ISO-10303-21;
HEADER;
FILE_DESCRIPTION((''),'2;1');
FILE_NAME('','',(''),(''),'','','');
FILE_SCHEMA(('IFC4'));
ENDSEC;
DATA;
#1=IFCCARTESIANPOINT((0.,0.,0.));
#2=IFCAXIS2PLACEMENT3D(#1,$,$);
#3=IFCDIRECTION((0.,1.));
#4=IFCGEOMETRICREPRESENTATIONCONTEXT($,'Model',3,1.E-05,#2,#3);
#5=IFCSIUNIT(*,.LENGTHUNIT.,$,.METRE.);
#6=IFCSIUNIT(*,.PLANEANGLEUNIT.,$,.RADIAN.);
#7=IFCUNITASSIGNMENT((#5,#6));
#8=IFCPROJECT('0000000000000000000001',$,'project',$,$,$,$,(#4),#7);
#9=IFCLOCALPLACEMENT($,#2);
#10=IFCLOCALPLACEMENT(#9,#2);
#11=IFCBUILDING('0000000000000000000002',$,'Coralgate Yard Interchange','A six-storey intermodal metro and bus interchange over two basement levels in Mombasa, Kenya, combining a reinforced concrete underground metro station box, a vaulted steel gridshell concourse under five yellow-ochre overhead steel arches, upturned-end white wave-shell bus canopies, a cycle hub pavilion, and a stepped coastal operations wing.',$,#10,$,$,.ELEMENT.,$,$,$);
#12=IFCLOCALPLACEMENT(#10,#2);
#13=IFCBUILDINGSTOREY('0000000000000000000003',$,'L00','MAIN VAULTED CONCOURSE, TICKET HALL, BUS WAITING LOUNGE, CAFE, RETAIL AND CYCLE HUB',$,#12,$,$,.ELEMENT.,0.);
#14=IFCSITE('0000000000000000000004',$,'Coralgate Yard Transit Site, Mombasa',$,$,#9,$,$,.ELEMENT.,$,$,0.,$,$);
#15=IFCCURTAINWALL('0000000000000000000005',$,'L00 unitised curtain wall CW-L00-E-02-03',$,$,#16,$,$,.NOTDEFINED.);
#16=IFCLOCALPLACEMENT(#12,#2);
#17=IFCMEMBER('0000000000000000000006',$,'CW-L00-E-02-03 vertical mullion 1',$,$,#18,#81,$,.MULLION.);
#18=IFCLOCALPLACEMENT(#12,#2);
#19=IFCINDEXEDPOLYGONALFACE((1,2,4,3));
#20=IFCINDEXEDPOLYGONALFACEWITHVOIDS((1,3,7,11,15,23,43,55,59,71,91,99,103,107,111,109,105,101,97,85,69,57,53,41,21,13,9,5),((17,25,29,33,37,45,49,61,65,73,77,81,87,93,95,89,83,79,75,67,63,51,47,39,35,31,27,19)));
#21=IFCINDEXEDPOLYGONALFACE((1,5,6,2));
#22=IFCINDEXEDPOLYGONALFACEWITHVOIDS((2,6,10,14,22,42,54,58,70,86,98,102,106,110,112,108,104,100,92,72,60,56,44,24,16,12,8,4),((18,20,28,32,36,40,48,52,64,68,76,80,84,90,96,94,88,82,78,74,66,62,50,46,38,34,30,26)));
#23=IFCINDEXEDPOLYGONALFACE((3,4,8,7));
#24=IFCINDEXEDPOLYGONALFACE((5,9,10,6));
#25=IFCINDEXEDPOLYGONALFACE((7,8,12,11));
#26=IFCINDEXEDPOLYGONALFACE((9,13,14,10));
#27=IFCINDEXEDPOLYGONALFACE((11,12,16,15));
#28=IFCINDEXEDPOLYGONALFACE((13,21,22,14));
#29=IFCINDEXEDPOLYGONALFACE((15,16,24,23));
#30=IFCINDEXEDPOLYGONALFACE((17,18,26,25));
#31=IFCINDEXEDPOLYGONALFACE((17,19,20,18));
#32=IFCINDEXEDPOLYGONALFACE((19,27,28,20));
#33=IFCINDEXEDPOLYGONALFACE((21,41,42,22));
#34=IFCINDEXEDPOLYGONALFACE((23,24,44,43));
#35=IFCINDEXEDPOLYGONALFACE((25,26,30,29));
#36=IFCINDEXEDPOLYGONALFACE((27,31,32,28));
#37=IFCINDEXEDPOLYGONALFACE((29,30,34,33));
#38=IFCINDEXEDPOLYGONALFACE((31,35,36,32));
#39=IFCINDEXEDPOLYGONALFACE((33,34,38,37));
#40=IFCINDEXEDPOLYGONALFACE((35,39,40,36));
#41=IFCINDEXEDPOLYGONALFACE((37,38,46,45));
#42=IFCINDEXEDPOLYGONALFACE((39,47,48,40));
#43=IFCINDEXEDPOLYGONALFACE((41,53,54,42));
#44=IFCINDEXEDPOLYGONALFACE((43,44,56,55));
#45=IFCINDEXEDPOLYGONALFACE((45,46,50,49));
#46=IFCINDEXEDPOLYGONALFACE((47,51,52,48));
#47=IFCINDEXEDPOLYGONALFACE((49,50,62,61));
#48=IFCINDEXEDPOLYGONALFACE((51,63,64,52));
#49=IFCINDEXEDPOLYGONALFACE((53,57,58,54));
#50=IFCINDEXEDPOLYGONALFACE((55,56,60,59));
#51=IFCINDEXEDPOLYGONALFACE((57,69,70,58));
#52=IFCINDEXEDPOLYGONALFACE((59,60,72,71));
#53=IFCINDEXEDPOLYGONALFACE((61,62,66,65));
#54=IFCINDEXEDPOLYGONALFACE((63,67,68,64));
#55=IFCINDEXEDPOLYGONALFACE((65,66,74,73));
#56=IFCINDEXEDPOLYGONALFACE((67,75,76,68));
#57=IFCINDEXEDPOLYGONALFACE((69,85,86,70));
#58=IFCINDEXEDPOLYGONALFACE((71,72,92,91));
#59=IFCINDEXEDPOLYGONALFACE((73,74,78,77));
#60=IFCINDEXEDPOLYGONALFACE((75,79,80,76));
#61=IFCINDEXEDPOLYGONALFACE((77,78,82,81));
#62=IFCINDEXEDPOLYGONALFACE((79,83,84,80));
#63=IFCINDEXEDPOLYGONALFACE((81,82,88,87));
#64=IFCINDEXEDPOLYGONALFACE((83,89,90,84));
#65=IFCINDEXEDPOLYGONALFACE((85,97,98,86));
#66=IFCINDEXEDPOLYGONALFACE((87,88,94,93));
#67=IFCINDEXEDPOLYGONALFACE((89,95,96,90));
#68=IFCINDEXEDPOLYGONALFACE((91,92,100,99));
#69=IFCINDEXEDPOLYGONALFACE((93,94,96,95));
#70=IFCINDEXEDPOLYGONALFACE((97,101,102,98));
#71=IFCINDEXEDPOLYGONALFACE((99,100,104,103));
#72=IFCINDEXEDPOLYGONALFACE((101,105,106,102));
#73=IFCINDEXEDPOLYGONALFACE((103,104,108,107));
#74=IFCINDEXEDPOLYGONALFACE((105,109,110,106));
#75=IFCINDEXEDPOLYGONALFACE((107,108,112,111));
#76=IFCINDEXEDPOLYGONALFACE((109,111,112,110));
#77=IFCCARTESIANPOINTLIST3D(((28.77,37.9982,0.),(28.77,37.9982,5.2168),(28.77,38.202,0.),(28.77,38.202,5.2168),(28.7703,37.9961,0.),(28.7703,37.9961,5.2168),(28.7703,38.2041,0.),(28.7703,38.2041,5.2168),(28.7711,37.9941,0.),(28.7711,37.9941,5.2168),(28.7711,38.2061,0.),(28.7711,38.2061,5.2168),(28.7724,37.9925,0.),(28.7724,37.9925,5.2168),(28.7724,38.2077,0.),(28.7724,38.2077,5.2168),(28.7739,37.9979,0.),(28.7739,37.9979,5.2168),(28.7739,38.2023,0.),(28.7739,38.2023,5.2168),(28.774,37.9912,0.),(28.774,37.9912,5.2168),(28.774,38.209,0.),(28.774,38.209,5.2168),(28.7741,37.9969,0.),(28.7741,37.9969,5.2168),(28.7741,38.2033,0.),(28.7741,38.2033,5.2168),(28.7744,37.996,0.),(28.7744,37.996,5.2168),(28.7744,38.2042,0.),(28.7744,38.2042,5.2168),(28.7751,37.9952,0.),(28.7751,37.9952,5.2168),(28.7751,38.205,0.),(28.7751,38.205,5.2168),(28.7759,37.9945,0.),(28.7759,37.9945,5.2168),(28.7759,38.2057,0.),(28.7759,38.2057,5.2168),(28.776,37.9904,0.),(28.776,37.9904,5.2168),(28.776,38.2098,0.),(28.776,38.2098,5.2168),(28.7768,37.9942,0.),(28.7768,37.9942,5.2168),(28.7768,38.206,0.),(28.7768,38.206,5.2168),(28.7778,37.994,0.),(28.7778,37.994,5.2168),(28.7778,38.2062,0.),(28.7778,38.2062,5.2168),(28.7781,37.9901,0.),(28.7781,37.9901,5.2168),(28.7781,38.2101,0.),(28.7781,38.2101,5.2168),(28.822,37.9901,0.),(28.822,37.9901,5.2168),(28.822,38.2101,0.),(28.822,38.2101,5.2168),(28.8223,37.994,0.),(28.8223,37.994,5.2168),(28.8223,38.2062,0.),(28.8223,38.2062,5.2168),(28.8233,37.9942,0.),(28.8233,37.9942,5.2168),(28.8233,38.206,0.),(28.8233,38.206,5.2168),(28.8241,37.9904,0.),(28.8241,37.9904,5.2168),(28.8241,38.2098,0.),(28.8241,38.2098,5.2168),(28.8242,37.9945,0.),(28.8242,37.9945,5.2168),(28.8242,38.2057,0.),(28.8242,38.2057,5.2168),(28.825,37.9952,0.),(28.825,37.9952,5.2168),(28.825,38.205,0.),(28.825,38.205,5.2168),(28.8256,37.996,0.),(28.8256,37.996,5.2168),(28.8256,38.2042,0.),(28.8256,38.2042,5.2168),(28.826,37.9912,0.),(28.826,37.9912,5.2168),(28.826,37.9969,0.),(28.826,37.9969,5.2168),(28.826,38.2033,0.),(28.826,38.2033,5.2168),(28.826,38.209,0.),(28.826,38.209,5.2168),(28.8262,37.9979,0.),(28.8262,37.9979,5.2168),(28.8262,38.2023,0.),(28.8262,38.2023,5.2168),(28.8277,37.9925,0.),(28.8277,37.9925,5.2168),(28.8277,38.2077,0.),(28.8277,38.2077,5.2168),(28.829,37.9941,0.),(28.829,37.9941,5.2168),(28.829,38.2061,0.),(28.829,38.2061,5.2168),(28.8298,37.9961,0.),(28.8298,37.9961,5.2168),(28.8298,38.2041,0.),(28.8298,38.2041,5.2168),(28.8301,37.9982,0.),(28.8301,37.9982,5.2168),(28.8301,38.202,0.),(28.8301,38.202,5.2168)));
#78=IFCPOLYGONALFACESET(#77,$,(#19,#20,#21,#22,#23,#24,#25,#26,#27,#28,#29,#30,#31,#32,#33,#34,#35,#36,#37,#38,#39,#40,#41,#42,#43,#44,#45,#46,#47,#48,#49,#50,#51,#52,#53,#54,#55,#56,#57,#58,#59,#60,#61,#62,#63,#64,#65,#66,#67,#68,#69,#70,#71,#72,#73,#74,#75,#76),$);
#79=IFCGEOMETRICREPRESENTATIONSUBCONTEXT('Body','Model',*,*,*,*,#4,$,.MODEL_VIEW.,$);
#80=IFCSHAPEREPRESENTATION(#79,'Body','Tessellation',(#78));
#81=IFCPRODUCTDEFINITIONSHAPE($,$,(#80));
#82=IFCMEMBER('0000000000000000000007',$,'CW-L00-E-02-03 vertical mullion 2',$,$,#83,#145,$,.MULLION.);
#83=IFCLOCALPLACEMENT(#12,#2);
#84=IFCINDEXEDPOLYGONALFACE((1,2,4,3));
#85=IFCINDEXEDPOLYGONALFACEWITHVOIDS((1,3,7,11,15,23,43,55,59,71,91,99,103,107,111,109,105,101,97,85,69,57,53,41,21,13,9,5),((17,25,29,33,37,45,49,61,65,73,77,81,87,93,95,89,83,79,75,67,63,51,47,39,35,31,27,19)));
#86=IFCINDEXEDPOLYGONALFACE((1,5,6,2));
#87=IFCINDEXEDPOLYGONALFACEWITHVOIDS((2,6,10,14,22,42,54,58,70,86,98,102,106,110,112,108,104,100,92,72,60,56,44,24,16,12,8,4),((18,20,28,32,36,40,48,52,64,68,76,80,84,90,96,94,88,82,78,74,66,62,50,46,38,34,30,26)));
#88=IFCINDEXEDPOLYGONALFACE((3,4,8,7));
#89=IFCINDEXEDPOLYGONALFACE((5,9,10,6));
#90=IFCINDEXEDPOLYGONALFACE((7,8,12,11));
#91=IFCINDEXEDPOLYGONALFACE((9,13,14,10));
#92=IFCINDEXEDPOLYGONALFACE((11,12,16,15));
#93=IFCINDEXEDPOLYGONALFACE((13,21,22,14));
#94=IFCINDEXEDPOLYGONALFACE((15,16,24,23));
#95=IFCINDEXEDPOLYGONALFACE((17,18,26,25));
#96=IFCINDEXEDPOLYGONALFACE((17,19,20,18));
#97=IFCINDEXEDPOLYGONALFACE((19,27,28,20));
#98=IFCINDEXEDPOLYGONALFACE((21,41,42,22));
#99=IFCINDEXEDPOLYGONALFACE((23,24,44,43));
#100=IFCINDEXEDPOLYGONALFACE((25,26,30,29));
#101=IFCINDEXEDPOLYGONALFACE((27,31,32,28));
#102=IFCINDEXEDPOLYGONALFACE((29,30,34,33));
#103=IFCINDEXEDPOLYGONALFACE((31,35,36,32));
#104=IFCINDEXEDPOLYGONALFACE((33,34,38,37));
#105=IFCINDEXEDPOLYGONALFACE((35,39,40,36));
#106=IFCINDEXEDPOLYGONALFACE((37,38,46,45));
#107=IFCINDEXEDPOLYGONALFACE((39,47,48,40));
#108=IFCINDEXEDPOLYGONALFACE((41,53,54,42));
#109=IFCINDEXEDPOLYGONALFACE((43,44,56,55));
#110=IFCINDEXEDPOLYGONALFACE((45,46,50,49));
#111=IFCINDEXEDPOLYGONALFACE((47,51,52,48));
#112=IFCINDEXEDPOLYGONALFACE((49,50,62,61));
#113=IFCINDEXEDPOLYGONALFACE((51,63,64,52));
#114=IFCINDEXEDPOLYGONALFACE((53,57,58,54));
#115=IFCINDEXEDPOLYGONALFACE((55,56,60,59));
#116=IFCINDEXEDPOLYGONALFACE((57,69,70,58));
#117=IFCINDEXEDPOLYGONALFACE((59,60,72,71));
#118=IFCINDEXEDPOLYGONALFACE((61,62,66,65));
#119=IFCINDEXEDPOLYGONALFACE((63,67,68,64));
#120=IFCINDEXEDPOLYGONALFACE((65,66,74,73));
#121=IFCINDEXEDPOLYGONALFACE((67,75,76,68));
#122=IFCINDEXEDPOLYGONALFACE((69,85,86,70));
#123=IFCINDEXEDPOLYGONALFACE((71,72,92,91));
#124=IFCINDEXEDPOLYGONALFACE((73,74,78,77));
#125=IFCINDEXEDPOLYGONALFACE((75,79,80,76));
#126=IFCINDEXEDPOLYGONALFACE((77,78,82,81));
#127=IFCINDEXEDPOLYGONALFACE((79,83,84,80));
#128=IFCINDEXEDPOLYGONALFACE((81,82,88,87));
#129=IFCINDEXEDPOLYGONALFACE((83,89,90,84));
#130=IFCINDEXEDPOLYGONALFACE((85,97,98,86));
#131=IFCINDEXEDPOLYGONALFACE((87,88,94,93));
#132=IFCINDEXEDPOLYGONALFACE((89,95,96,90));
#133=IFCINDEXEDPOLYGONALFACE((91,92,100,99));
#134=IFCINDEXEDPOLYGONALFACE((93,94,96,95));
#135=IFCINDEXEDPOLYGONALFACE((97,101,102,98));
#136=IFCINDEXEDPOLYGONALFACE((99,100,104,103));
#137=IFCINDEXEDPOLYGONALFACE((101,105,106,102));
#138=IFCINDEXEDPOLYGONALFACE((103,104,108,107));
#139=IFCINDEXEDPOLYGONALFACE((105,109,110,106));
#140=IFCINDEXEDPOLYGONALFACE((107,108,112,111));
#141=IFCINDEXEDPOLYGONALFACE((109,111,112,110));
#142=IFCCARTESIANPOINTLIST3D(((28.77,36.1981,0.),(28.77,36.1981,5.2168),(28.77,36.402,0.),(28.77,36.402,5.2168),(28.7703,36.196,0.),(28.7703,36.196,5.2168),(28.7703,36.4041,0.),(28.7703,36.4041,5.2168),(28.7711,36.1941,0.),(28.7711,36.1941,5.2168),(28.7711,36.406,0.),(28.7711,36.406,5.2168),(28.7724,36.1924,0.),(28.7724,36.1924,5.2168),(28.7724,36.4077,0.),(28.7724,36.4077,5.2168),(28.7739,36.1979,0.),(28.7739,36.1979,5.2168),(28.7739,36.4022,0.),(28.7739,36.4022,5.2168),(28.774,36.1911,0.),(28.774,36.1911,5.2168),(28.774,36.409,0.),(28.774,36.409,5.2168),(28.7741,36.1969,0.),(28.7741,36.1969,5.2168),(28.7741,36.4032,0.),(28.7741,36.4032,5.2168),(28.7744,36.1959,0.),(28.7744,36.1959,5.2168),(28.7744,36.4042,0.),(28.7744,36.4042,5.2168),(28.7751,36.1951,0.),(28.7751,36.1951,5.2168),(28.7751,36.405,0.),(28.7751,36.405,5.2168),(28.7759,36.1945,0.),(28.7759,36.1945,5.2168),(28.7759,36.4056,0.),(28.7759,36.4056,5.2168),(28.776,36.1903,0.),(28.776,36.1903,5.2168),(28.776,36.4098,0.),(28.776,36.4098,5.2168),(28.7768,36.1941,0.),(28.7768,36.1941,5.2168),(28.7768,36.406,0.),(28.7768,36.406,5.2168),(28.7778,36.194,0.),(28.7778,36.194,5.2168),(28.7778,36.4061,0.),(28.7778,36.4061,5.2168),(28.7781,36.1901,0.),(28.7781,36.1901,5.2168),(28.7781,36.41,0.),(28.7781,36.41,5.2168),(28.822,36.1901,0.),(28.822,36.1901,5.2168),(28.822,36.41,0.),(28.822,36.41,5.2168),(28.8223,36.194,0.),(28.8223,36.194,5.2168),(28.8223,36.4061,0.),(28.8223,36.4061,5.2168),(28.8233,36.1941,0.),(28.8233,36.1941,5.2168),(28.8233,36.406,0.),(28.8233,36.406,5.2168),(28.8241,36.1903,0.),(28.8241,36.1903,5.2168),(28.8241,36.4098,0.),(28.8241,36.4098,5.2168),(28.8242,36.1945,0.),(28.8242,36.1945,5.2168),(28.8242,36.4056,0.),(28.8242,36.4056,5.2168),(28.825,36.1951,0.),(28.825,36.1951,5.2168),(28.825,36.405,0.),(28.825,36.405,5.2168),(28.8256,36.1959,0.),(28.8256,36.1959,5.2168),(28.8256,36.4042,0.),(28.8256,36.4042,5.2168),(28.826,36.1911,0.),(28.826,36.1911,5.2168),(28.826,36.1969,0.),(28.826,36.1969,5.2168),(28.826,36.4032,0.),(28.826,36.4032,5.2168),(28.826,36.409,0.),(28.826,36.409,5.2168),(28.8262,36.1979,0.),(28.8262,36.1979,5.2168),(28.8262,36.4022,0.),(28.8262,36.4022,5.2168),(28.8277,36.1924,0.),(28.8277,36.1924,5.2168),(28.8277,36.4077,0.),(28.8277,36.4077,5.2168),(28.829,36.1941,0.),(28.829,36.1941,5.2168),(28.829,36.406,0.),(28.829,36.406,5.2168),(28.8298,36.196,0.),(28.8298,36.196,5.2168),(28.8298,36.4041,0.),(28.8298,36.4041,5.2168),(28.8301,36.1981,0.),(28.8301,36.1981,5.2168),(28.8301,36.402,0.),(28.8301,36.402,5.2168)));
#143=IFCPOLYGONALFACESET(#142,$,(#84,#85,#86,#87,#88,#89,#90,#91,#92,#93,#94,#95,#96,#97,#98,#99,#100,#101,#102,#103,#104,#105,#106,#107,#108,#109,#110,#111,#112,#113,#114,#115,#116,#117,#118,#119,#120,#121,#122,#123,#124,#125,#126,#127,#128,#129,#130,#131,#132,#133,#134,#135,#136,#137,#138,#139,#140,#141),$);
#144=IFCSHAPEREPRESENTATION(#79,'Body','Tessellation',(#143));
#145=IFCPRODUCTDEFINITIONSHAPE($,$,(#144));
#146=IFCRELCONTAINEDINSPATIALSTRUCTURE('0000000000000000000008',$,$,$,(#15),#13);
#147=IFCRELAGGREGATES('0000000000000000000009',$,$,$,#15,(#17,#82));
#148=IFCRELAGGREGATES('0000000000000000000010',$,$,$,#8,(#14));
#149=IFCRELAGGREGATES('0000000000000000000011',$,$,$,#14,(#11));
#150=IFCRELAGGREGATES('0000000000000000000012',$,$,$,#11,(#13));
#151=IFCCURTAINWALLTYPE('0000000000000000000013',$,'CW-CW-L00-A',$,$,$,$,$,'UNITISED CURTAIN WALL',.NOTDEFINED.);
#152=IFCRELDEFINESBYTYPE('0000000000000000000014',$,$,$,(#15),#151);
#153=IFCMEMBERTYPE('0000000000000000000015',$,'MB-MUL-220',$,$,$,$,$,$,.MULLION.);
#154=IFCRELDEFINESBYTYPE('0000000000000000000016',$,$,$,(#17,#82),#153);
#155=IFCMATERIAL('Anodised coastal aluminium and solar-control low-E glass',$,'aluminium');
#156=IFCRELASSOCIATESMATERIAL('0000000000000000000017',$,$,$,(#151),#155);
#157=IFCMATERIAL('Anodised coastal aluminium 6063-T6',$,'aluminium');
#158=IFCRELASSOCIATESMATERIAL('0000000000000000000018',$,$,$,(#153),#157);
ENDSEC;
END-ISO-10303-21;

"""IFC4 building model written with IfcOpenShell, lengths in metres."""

from ifc_helpers import new_model, si_unit, direction, frame, origin, origin_2d, place, context, subcontext, project, spatial, hollow_rectangle, extrude, material, material_profile, profile_set, type_object, element, aggregate, save


model = new_model("IFC4")

# Units and contexts
model_context = context("Model", 3, precision=1e-05, world=origin(), true_north=direction((0.0, 1.0)))
body_context = subcontext(model_context, "Body", "Model", "MODEL_VIEW")
ifc_project = project(units=[si_unit("LENGTHUNIT", "METRE"), si_unit("PLANEANGLEUNIT", "RADIAN")], contexts=[model_context])

# Site, building, storey
site_placement = place(None, origin())
site = spatial("IfcSite", under=ifc_project, at=site_placement, Name="Coralgate Yard Transit Site, Mombasa", CompositionType="ELEMENT", RefElevation=0.0)
building_placement = place(site_placement, origin())
building = spatial("IfcBuilding", under=site, at=building_placement, Name="Coralgate Yard Interchange", Description="A six-storey intermodal metro and bus interchange over two basement levels in Mombasa, Kenya, combining a reinforced concrete underground metro station box, a vaulted steel gridshell concourse under five yellow-ochre overhead steel arches, upturned-end white wave-shell bus canopies, a cycle hub pavilion, and a stepped coastal operations wing.", CompositionType="ELEMENT")
storey_placement = place(building_placement, origin())
storey = spatial("IfcBuildingStorey", under=building, at=storey_placement, Name="L00", Description="MAIN VAULTED CONCOURSE, TICKET HALL, BUS WAITING LOUNGE, CAFE, RETAIL AND CYCLE HUB", CompositionType="ELEMENT", Elevation=0.0)

# Curtain wall, members
ifc_material_1 = material(Name="Anodised coastal aluminium and solar-control low-E glass", Category="aluminium")
curtain_wall_type = type_object("IfcCurtainWallType", Name="CW-CW-L00-A", ElementType="UNITISED CURTAIN WALL", PredefinedType="NOTDEFINED", material=ifc_material_1)
curtain_wall_placement = place(storey_placement, origin())
curtain_wall = element("IfcCurtainWall", 1, at=curtain_wall_placement, inside=storey, type_object=curtain_wall_type, Name="L00 unitised curtain wall CW-L00-E-02-03", PredefinedType="NOTDEFINED")
ifc_material_2 = material(Name="Anodised coastal aluminium 6063-T6", Category="aluminium")
ifc_material_profile_1 = material_profile(ifc_material_2, hollow_rectangle(XDim=0.0601, YDim=0.22, WallThickness=0.0039, InnerFilletRadius=0.0039, OuterFilletRadius=0.0081, at=origin_2d()), Name="ALU 60x220x4")
ifc_profile_set_1 = profile_set([ifc_material_profile_1], Name="Anodised coastal aluminium 6063-T6")
member_type_1 = type_object("IfcMemberType", Name="MB-MUL-220", PredefinedType="MULLION", material=ifc_profile_set_1)
member_1_placement = place(storey_placement, frame((28.8, 38.1001, 0.0), z_axis=(0.0, 0.0, 1.0), x_axis=(1.0, 0.0, 0.0)))
member_1 = element("IfcMember", 2, at=member_1_placement, type_object=member_type_1, Name="CW-L00-E-02-03 vertical mullion 1", PredefinedType="MULLION", context=body_context, shape_type="SweptSolid", body=[
    extrude(hollow_rectangle(XDim=0.0601, YDim=0.22, WallThickness=0.0039, InnerFilletRadius=0.0039, OuterFilletRadius=0.0081, at=origin_2d()), origin(), (0.0, 0.0, 1.0), 5.2168),
])
member_2_placement = place(storey_placement, frame((28.8, 36.3, 0.0), z_axis=(0.0, 0.0, 1.0), x_axis=(1.0, 0.0, 0.0)))
member_2 = element("IfcMember", 3, at=member_2_placement, type_object=member_type_1, Name="CW-L00-E-02-03 vertical mullion 2", PredefinedType="MULLION", context=body_context, shape_type="SweptSolid", body=[
    extrude(hollow_rectangle(XDim=0.0601, YDim=0.22, WallThickness=0.0039, InnerFilletRadius=0.0039, OuterFilletRadius=0.0081, at=origin_2d()), origin(), (0.0, 0.0, 1.0), 5.2168),
])
aggregate(curtain_wall, [member_1, member_2])

save(model, "model.ifc")
